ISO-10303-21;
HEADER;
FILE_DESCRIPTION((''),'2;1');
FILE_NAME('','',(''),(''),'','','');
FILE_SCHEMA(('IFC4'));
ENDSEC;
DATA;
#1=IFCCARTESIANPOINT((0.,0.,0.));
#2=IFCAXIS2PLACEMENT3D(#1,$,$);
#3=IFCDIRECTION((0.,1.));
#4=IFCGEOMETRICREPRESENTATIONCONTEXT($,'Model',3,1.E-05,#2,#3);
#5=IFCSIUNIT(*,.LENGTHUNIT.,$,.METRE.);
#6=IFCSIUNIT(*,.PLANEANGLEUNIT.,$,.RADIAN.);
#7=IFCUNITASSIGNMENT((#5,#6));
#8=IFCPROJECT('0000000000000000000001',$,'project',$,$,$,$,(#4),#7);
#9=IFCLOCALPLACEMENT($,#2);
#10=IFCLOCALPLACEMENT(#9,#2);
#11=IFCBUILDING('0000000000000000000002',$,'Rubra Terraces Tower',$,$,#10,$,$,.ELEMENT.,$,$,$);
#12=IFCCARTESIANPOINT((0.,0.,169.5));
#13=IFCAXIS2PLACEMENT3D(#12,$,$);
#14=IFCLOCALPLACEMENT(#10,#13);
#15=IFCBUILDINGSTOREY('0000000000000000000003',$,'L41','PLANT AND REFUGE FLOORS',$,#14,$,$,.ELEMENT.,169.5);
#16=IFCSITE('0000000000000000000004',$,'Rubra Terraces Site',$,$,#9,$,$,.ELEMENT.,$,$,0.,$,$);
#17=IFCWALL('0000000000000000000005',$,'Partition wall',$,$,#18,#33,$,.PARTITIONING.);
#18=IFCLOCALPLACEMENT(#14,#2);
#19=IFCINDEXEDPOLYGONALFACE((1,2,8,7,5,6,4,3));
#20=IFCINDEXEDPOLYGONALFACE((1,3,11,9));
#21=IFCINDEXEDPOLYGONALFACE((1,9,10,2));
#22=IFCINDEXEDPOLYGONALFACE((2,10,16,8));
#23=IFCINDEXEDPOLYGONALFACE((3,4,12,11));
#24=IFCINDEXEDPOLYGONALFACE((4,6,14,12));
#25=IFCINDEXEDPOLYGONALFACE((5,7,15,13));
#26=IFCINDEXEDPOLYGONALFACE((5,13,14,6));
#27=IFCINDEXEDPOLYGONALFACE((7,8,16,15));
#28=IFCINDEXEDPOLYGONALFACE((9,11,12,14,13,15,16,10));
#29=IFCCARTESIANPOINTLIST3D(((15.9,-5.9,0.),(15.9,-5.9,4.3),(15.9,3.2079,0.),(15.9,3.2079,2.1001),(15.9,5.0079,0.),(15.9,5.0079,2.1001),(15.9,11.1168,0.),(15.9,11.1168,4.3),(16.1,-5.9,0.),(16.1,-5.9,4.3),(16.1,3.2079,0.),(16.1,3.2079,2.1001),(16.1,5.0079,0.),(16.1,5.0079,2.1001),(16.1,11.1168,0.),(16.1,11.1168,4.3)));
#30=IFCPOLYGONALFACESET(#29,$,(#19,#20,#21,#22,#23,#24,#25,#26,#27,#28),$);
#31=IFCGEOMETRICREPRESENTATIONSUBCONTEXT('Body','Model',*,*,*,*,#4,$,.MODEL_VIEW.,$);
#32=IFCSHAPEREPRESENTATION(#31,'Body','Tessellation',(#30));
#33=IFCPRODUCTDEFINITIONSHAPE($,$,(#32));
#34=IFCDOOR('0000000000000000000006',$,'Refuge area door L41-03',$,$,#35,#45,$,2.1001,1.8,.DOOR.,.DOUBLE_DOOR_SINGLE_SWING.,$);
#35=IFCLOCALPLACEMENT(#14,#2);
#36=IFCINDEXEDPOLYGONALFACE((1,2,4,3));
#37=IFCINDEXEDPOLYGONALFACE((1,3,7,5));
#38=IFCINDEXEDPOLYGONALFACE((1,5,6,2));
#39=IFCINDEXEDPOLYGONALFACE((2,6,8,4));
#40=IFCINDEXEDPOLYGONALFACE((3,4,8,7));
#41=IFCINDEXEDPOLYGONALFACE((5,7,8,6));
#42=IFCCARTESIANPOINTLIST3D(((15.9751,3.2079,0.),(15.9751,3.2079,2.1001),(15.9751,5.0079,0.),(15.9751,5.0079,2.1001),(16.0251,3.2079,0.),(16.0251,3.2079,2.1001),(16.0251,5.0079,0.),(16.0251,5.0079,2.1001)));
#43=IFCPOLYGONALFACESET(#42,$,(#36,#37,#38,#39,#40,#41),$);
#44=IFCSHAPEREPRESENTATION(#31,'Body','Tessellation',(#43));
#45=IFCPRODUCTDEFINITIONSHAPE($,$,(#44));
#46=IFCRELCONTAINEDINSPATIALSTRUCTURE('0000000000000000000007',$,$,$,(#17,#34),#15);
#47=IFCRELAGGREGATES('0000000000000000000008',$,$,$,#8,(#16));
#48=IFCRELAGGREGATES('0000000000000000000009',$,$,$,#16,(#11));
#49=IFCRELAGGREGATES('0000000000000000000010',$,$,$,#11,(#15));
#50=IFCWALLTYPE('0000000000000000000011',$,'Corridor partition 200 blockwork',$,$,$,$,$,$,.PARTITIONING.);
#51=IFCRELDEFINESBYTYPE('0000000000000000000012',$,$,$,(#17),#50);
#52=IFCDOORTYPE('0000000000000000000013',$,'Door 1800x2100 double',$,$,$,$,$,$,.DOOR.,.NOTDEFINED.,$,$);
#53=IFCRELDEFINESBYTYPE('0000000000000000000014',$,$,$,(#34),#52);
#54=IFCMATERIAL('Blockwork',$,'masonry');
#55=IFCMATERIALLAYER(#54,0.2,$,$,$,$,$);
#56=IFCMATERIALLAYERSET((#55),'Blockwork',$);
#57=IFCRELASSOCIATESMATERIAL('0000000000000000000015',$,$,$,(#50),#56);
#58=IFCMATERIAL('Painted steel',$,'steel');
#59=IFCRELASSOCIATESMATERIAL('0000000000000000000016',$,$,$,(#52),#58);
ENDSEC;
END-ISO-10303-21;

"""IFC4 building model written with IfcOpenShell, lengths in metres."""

from ifc_helpers import new_model, si_unit, direction, frame, frame_2d, origin, place, context, subcontext, project, spatial, rectangle, extrude, material, layer, layer_set, type_object, element, fill, save


model = new_model("IFC4")

# Units and contexts
model_context = context("Model", 3, precision=1e-05, world=origin(), true_north=direction((0.0, 1.0)))
body_context = subcontext(model_context, "Body", "Model", "MODEL_VIEW")
ifc_project = project(units=[si_unit("LENGTHUNIT", "METRE"), si_unit("PLANEANGLEUNIT", "RADIAN")], contexts=[model_context])

# Site, building, storey
site_placement = place(None, origin())
site = spatial("IfcSite", under=ifc_project, at=site_placement, Name="Rubra Terraces Site", CompositionType="ELEMENT", RefElevation=0.0)
building_placement = place(site_placement, origin())
building = spatial("IfcBuilding", under=site, at=building_placement, Name="Rubra Terraces Tower", CompositionType="ELEMENT")
storey_placement = place(building_placement, frame((0.0, 0.0, 169.5)))
storey = spatial("IfcBuildingStorey", under=building, at=storey_placement, Name="L41", Description="PLANT AND REFUGE FLOORS", CompositionType="ELEMENT", Elevation=169.5)

# Shared definitions
ifc_material_1 = material(Name="Blockwork", Category="masonry")
ifc_layer_1 = layer(ifc_material_1, 0.2)
ifc_layer_set_1 = layer_set([ifc_layer_1], Name="Blockwork")
wall_type_1 = type_object("IfcWallType", Name="Corridor partition 200 blockwork", PredefinedType="PARTITIONING", material=ifc_layer_set_1)

# Wall, opening, door
wall_1_placement = place(storey_placement, frame((16.0, -5.8999, 0.0), z_axis=(0.0, 0.0, 1.0), x_axis=(0.0, 1.0, 0.0)))
wall_1 = element("IfcWall", 1, at=wall_1_placement, inside=storey, type_object=wall_type_1, Name="Partition wall", PredefinedType="PARTITIONING", context=body_context, shape_type="SweptSolid", body=[
    extrude(rectangle(XDim=17.0168, YDim=0.2, at=frame_2d((8.5083, 0.0))), origin(), (0.0, 0.0, 1.0), 4.3),
])
opening_1_placement = place(wall_1_placement, frame((9.1079, 0.0, 0.0)))
opening_1 = element("IfcOpeningElement", 2, at=opening_1_placement, cuts=wall_1, PredefinedType="OPENING", context=body_context, shape_type="SweptSolid", body=[
    extrude(rectangle(XDim=1.8, YDim=2.1001, at=frame_2d((0.8999, 1.05))), frame((0.0, 0.1099, 0.0), z_axis=(0.0, -1.0, 0.0), x_axis=(1.0, 0.0, 0.0)), (0.0, 0.0, 1.0), 0.22),
])
ifc_material_2 = material(Name="Painted steel", Category="steel")
door_type = type_object("IfcDoorType", Name="Door 1800x2100 double", OperationType="NOTDEFINED", PredefinedType="DOOR", material=ifc_material_2)
door_placement = place(opening_1_placement, origin())
door = element("IfcDoor", 3, at=door_placement, inside=storey, type_object=door_type, Name="Refuge area door L41-03", OperationType="DOUBLE_DOOR_SINGLE_SWING", OverallHeight=2.1001, OverallWidth=1.8, PredefinedType="DOOR", context=body_context, shape_type="SweptSolid", body=[
    extrude(rectangle(XDim=1.8, YDim=2.1001, at=frame_2d((0.8999, 1.05))), frame((0.0, 0.0249, 0.0), z_axis=(0.0, -1.0, 0.0), x_axis=(1.0, 0.0, 0.0)), (0.0, 0.0, 1.0), 0.05),
])
fill(opening_1, door)

save(model, "model.ifc")
